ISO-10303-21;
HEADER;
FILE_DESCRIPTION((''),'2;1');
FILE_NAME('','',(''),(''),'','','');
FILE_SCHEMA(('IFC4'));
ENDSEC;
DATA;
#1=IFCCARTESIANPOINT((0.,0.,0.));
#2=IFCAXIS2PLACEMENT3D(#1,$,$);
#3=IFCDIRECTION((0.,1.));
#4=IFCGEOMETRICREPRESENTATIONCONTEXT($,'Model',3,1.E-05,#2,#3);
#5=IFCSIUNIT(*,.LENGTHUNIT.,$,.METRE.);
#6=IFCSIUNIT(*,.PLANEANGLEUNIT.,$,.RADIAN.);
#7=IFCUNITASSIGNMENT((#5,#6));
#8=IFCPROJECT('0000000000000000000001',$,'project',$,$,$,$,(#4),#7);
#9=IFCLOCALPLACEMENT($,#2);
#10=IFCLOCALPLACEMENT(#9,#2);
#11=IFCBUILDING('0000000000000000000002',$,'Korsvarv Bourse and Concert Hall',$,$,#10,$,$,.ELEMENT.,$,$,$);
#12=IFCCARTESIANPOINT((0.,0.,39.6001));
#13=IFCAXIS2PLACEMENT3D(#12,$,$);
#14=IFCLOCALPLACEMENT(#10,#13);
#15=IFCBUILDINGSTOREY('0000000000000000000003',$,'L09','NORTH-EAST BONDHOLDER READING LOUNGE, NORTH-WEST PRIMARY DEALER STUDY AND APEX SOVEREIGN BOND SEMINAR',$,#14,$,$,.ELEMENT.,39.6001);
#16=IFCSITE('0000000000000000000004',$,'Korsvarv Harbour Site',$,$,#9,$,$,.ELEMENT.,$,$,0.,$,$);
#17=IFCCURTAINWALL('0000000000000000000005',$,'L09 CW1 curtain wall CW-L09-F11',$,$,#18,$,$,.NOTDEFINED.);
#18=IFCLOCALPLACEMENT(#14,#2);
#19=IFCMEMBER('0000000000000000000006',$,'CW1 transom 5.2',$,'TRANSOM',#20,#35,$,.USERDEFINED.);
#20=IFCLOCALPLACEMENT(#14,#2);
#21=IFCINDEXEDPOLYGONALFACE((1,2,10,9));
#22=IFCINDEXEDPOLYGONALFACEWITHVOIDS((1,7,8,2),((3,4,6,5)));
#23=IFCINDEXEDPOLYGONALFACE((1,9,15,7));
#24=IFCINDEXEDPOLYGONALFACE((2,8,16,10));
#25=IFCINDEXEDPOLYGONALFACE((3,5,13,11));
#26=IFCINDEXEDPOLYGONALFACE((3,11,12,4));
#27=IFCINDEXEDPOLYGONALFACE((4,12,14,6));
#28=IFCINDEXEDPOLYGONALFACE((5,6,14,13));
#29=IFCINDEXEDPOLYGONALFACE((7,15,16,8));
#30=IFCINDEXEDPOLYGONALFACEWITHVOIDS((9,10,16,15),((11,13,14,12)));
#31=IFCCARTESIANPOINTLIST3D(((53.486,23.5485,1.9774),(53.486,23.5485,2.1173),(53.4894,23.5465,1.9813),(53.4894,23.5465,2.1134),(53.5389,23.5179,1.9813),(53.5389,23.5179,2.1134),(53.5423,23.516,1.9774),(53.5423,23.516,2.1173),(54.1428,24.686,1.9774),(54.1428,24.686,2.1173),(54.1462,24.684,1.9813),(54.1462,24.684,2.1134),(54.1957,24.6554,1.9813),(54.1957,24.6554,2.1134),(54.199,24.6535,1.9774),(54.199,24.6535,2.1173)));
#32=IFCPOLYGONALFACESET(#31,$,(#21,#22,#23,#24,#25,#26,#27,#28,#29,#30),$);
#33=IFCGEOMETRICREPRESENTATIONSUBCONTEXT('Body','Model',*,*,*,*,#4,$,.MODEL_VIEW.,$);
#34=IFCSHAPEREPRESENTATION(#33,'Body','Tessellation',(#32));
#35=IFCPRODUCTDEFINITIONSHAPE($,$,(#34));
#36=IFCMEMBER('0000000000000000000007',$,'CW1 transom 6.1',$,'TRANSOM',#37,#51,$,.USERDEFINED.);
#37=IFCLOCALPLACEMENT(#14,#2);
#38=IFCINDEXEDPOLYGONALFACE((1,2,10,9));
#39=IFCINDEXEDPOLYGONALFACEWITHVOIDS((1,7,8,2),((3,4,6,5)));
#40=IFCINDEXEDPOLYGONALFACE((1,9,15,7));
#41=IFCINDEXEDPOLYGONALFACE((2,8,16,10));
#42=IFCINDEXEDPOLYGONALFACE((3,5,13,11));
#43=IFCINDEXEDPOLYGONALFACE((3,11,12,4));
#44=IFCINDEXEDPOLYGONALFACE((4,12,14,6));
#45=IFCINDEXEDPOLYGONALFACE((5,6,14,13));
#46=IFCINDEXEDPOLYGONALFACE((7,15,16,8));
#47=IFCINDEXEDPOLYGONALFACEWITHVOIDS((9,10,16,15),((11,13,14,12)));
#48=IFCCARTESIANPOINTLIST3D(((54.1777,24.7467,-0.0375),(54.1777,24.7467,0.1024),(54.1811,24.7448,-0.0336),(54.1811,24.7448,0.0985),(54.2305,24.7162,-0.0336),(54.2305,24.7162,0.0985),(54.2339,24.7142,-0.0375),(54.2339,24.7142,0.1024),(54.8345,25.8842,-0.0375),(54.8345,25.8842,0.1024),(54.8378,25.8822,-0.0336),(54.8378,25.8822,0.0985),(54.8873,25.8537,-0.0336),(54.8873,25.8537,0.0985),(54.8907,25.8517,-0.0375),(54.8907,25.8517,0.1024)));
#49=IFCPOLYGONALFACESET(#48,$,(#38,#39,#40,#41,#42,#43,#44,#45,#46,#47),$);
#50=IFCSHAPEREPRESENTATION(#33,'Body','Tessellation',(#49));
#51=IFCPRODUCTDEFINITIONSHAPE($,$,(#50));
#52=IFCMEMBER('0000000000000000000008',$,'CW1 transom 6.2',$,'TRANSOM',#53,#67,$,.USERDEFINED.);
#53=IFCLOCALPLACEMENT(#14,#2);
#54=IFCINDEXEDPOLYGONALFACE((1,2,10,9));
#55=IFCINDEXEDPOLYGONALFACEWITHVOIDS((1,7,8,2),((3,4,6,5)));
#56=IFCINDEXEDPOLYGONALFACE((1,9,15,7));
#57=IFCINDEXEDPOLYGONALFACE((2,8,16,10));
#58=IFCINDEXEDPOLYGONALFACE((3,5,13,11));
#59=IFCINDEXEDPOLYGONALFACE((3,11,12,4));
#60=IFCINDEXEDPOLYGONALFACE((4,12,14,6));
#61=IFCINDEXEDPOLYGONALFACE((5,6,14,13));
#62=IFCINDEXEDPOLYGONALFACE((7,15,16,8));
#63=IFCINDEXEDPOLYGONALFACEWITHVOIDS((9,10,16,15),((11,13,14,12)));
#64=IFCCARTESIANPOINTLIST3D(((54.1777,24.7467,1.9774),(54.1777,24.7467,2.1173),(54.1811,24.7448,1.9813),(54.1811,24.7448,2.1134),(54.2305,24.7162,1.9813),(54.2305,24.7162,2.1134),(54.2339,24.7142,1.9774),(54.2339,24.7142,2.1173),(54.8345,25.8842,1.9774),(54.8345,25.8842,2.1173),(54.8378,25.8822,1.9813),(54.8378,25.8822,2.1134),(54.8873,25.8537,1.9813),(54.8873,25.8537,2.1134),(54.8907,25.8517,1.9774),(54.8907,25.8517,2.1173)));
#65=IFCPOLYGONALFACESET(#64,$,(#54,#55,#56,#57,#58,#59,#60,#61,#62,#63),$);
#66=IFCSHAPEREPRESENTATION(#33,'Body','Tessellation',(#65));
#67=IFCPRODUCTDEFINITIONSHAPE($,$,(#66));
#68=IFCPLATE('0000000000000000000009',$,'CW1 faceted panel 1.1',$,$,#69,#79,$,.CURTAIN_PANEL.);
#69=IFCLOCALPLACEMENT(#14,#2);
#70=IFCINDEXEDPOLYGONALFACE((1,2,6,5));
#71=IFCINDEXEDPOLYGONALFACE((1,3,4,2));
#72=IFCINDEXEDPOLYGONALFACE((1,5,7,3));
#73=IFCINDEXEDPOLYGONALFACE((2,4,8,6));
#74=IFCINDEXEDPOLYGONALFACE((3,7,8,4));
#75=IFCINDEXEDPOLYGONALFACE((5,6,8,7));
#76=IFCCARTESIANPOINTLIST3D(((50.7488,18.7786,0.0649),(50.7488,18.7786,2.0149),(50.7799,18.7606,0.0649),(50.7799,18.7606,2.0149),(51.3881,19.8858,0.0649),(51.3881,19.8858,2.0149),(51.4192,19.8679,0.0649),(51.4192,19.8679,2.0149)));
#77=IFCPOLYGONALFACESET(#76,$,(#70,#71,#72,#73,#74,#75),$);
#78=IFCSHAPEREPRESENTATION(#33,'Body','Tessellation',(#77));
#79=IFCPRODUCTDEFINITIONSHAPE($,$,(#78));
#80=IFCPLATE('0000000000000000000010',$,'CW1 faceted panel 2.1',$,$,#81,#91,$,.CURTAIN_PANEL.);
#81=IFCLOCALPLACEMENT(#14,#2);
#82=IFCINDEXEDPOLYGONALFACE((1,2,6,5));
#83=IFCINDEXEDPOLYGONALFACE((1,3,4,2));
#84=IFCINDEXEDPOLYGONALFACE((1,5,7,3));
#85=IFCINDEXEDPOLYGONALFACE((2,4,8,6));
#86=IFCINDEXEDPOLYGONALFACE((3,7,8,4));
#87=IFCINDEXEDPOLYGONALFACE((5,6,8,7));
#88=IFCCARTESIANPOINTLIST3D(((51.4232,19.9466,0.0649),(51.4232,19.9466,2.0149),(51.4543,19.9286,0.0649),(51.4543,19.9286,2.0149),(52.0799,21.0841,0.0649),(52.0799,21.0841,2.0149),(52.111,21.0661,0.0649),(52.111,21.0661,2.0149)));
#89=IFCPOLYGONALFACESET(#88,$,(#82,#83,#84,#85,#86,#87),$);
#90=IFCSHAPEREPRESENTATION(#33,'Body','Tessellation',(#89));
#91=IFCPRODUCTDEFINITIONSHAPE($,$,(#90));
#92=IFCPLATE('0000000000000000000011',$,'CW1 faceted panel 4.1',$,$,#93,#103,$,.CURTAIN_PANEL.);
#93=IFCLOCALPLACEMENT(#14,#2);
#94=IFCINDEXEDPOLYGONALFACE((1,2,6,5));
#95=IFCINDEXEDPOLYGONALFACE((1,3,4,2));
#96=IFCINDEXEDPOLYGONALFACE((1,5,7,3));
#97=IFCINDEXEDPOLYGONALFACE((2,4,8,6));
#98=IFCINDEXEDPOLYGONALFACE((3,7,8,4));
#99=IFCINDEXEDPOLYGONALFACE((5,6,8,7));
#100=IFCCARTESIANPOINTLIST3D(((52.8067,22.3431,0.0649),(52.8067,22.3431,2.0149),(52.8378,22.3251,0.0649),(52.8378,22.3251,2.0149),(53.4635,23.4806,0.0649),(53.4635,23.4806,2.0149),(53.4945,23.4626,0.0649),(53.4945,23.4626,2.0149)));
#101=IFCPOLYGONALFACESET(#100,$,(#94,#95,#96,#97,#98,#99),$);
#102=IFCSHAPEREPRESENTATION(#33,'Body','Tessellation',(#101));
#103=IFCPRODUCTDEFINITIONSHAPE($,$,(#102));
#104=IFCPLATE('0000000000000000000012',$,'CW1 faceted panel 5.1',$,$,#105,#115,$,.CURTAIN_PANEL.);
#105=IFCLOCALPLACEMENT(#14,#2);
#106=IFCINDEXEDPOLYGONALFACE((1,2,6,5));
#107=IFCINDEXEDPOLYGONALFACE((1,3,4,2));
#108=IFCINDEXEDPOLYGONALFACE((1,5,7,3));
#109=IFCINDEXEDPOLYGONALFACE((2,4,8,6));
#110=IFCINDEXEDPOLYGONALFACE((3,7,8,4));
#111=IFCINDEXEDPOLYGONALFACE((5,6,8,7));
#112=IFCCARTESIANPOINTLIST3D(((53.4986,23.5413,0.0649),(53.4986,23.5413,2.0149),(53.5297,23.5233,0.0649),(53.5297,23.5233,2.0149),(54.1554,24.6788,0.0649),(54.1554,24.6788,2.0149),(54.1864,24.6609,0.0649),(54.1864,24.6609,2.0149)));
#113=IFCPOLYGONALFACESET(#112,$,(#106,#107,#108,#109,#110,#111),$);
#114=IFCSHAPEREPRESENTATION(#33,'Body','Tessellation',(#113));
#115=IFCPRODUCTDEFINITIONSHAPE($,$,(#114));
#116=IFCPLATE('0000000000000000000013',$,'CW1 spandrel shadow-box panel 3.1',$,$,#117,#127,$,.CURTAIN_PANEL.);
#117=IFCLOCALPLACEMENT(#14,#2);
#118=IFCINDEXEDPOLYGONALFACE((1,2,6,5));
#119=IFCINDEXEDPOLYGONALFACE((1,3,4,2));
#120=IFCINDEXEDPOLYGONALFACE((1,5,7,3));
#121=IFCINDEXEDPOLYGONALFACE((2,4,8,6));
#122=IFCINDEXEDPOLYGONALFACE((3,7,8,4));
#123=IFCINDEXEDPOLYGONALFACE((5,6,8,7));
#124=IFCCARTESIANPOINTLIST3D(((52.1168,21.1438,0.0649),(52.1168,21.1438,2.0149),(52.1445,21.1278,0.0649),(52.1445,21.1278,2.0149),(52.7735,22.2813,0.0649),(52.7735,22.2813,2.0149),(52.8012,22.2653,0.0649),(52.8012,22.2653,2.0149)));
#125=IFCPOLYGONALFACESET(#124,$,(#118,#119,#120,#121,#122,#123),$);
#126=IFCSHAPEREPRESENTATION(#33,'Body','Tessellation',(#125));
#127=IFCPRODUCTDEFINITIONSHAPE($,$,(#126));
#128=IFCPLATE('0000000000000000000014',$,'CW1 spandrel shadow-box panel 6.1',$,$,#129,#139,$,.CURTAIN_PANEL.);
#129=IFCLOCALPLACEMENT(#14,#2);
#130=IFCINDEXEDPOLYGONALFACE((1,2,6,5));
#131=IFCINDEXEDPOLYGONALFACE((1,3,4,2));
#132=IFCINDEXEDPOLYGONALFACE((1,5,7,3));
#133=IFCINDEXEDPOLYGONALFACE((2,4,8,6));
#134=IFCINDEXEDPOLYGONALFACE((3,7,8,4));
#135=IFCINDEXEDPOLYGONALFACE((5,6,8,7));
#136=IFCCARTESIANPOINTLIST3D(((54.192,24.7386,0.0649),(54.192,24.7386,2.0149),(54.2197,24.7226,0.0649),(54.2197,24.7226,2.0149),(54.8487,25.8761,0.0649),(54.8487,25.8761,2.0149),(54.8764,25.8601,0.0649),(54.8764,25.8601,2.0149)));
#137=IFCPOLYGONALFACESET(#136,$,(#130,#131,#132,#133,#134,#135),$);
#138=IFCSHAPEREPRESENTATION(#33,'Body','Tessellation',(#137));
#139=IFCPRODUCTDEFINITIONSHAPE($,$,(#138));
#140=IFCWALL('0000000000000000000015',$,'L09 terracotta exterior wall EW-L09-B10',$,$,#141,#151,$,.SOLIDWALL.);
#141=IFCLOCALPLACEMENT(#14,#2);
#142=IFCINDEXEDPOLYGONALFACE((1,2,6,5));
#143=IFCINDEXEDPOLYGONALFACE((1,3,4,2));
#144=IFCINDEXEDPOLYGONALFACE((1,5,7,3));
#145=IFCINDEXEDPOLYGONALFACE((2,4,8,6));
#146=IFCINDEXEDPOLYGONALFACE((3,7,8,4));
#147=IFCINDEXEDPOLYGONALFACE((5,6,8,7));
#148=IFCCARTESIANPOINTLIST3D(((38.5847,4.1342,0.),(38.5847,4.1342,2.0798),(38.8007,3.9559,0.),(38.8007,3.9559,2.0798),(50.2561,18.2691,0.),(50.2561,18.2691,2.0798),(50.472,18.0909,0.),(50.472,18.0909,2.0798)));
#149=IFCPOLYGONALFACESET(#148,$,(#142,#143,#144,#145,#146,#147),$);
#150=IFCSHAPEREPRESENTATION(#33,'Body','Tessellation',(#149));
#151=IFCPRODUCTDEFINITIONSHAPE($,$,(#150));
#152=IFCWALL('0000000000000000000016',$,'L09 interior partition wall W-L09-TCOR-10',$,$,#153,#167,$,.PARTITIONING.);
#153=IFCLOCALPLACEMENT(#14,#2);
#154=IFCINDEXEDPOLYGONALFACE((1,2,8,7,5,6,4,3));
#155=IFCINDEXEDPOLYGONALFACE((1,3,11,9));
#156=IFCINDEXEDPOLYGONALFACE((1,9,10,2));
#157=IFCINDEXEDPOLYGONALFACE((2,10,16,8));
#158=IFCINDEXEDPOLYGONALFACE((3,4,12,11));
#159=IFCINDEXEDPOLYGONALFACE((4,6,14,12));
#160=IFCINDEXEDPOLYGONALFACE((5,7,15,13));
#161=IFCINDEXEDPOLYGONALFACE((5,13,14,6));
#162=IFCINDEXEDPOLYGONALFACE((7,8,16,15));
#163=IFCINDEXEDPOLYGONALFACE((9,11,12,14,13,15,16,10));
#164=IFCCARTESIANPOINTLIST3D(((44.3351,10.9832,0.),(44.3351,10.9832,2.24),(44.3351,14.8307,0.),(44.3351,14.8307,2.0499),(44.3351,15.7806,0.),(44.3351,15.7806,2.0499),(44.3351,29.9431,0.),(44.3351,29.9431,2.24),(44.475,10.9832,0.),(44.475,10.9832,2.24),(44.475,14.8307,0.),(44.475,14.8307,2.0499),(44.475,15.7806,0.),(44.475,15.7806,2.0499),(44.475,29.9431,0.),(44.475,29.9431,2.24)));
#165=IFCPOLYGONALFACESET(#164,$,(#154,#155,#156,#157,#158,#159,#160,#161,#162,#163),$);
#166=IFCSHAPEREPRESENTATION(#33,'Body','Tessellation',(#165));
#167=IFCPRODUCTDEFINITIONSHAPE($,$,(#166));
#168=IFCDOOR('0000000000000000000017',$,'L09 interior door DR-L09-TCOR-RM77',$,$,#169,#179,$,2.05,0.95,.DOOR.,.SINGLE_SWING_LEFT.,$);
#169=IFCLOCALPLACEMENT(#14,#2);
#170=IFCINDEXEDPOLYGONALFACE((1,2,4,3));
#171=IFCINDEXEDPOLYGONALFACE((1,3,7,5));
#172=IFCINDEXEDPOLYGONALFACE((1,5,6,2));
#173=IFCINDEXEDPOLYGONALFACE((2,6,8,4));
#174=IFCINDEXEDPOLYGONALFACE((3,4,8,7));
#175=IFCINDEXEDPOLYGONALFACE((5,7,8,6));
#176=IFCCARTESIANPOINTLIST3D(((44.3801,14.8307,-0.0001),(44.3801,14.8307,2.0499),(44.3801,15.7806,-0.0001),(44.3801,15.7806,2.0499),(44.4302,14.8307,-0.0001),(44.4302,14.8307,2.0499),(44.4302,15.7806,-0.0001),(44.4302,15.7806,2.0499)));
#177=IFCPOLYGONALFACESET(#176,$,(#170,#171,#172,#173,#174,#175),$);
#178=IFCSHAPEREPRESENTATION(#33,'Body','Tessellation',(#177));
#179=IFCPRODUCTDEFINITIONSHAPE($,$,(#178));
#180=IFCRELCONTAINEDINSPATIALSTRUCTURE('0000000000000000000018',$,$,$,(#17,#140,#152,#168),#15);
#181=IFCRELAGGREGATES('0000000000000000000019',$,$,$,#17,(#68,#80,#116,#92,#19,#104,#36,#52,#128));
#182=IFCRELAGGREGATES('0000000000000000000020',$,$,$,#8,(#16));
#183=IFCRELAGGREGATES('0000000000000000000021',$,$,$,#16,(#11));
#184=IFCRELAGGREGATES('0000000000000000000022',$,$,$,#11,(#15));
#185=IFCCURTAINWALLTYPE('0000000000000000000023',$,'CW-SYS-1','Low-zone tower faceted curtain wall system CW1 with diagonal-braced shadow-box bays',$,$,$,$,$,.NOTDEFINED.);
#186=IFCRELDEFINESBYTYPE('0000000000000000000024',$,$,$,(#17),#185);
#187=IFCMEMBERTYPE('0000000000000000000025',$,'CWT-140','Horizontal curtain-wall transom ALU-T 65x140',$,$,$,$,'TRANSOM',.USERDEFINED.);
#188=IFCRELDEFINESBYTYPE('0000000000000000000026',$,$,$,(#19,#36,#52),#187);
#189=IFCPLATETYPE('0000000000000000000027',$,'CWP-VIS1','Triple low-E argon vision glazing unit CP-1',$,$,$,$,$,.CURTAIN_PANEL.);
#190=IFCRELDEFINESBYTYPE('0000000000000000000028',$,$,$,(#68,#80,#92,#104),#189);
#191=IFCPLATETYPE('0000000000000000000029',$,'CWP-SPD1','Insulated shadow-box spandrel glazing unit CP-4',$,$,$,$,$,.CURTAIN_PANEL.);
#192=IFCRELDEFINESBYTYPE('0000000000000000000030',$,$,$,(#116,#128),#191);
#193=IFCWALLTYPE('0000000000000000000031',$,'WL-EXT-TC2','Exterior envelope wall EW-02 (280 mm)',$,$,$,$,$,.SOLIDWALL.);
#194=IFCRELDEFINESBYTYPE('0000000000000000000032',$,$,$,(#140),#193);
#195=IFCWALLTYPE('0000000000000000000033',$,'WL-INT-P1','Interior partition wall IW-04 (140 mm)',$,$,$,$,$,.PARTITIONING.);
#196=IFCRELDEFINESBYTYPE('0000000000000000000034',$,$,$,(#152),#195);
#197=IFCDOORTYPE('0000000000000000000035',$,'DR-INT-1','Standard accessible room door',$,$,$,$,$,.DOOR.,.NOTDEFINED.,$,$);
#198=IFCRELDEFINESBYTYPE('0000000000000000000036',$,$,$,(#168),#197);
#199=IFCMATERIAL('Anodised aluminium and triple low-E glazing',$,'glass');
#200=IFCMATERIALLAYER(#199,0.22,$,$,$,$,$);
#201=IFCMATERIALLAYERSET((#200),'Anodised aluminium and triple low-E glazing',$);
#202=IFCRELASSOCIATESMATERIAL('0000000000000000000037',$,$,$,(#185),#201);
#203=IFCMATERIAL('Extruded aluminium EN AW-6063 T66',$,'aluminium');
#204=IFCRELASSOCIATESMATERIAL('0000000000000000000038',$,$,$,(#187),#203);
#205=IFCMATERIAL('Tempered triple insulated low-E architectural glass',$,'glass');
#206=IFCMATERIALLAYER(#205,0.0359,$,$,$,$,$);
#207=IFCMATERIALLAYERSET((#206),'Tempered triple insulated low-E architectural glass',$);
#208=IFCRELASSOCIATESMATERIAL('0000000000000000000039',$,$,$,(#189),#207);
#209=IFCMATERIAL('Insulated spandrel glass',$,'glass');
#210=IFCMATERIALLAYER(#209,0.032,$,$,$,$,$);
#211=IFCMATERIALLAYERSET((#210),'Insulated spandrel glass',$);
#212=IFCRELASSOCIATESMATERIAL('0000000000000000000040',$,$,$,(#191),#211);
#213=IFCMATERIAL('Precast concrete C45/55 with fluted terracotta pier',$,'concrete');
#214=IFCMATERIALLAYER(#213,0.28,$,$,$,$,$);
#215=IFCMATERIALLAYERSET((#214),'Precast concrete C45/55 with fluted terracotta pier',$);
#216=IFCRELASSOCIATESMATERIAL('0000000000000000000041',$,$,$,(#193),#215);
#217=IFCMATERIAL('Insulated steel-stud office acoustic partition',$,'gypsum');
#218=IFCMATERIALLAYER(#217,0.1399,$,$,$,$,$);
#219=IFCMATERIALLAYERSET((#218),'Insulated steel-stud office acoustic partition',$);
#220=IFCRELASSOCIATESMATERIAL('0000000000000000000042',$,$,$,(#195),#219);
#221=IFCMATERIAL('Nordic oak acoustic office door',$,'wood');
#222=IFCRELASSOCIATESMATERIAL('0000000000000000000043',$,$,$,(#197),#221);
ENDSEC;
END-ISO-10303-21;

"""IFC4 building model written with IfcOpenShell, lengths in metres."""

from ifc_helpers import new_model, si_unit, direction, frame, frame_2d, origin, origin_2d, place, context, subcontext, project, spatial, rectangle, hollow_rectangle, extrude, source, transform, mapped, material, layer, layer_set, material_profile, profile_set, type_object, element, fill, aggregate, save


model = new_model("IFC4")

# Units and contexts
model_context = context("Model", 3, precision=1e-05, world=origin(), true_north=direction((0.0, 1.0)))
body_context = subcontext(model_context, "Body", "Model", "MODEL_VIEW")
ifc_project = project(units=[si_unit("LENGTHUNIT", "METRE"), si_unit("PLANEANGLEUNIT", "RADIAN")], contexts=[model_context])

# Site, building, storey
site_placement = place(None, origin())
site = spatial("IfcSite", under=ifc_project, at=site_placement, Name="Korsvarv Harbour Site", CompositionType="ELEMENT", RefElevation=0.0)
building_placement = place(site_placement, origin())
building = spatial("IfcBuilding", under=site, at=building_placement, Name="Korsvarv Bourse and Concert Hall", CompositionType="ELEMENT")
storey_placement = place(building_placement, frame((0.0, 0.0, 39.6001)))
storey = spatial("IfcBuildingStorey", under=building, at=storey_placement, Name="L09", Description="NORTH-EAST BONDHOLDER READING LOUNGE, NORTH-WEST PRIMARY DEALER STUDY AND APEX SOVEREIGN BOND SEMINAR", CompositionType="ELEMENT", Elevation=39.6001)

# Curtain wall, members, plates
ifc_material_1 = material(Name="Anodised aluminium and triple low-E glazing", Category="glass")
ifc_layer_1 = layer(ifc_material_1, 0.22)
ifc_layer_set_1 = layer_set([ifc_layer_1], Name="Anodised aluminium and triple low-E glazing")
curtain_wall_type = type_object("IfcCurtainWallType", Name="CW-SYS-1", Description="Low-zone tower faceted curtain wall system CW1 with diagonal-braced shadow-box bays", PredefinedType="NOTDEFINED", material=ifc_layer_set_1)
curtain_wall_placement = place(storey_placement, origin())
curtain_wall = element("IfcCurtainWall", 1, at=curtain_wall_placement, inside=storey, type_object=curtain_wall_type, Name="L09 CW1 curtain wall CW-L09-F11", PredefinedType="NOTDEFINED")
ifc_material_2 = material(Name="Extruded aluminium EN AW-6063 T66", Category="aluminium")
ifc_material_profile_1 = material_profile(ifc_material_2, hollow_rectangle(XDim=0.0649, YDim=0.1399, WallThickness=0.0039, at=origin_2d()), Name="ALU-T 65x140")
ifc_profile_set_1 = profile_set([ifc_material_profile_1], Name="Extruded aluminium EN AW-6063 T66")
member_type_1 = type_object("IfcMemberType", Name="CWT-140", Description="Horizontal curtain-wall transom ALU-T 65x140", ElementType="TRANSOM", PredefinedType="USERDEFINED", material=ifc_profile_set_1)
shared_shape_1 = source(origin(), body_context, "Body", "SweptSolid", [
    extrude(hollow_rectangle(XDim=0.0649, YDim=0.1399, WallThickness=0.0039, at=origin_2d()), origin(), (0.0, 0.0, 1.0), 1.3135),
])
member_1_placement = place(storey_placement, frame((53.5142, 23.5322, 2.0474), z_axis=(0.500017, 0.866015, 0.0), x_axis=(-0.866015, 0.500017, 0.0)))
member_1 = element("IfcMember", 2, at=member_1_placement, type_object=member_type_1, Name="CW1 transom 5.2", ObjectType="TRANSOM", PredefinedType="USERDEFINED", context=body_context, shape_type="MappedRepresentation", body=[
    mapped(shared_shape_1, transform((0.0, 0.0, 0.0), scale=1.0)),
])
member_2_placement = place(storey_placement, frame((54.2058, 24.7305, 0.0325), z_axis=(0.500017, 0.866015, 0.0), x_axis=(-0.866015, 0.500017, 0.0)))
member_2 = element("IfcMember", 3, at=member_2_placement, type_object=member_type_1, Name="CW1 transom 6.1", ObjectType="TRANSOM", PredefinedType="USERDEFINED", context=body_context, shape_type="MappedRepresentation", body=[
    mapped(shared_shape_1, transform((0.0, 0.0, 0.0), scale=1.0)),
])
member_3_placement = place(storey_placement, frame((54.2058, 24.7305, 2.0474), z_axis=(0.500017, 0.866015, 0.0), x_axis=(-0.866015, 0.500017, 0.0)))
member_3 = element("IfcMember", 4, at=member_3_placement, type_object=member_type_1, Name="CW1 transom 6.2", ObjectType="TRANSOM", PredefinedType="USERDEFINED", context=body_context, shape_type="MappedRepresentation", body=[
    mapped(shared_shape_1, transform((0.0, 0.0, 0.0), scale=1.0)),
])
ifc_material_3 = material(Name="Tempered triple insulated low-E architectural glass", Category="glass")
ifc_layer_2 = layer(ifc_material_3, 0.0359)
ifc_layer_set_2 = layer_set([ifc_layer_2], Name="Tempered triple insulated low-E architectural glass")
plate_type_1 = type_object("IfcPlateType", Name="CWP-VIS1", Description="Triple low-E argon vision glazing unit CP-1", PredefinedType="CURTAIN_PANEL", material=ifc_layer_set_2)
shared_shape_2 = source(origin(), body_context, "Body", "SweptSolid", [
    extrude(rectangle(XDim=1.2786, YDim=0.0359, at=origin_2d()), origin(), (0.0, 0.0, 1.0), 1.95),
])
plate_1_placement = place(storey_placement, frame((51.084, 19.3232, 0.0649), z_axis=(0.0, 0.0, 1.0), x_axis=(0.5, 0.866026, 0.0)))
plate_1 = element("IfcPlate", 5, at=plate_1_placement, type_object=plate_type_1, Name="CW1 faceted panel 1.1", PredefinedType="CURTAIN_PANEL", context=body_context, shape_type="MappedRepresentation", body=[
    mapped(shared_shape_2, transform((0.0, 0.0, 0.0), scale=1.0)),
])
shared_shape_3 = source(origin(), body_context, "Body", "SweptSolid", [
    extrude(rectangle(XDim=1.3135, YDim=0.0359, at=origin_2d()), origin(), (0.0, 0.0, 1.0), 1.95),
])
plate_2_placement = place(storey_placement, frame((51.7671, 20.5063, 0.0649), z_axis=(0.0, 0.0, 1.0), x_axis=(0.5, 0.866026, 0.0)))
plate_2 = element("IfcPlate", 6, at=plate_2_placement, type_object=plate_type_1, Name="CW1 faceted panel 2.1", PredefinedType="CURTAIN_PANEL", context=body_context, shape_type="MappedRepresentation", body=[
    mapped(shared_shape_3, transform((0.0, 0.0, 0.0), scale=1.0)),
])
plate_3_placement = place(storey_placement, frame((53.1506, 22.9028, 0.0649), z_axis=(0.0, 0.0, 1.0), x_axis=(0.5, 0.866026, 0.0)))
plate_3 = element("IfcPlate", 7, at=plate_3_placement, type_object=plate_type_1, Name="CW1 faceted panel 4.1", PredefinedType="CURTAIN_PANEL", context=body_context, shape_type="MappedRepresentation", body=[
    mapped(shared_shape_3, transform((0.0, 0.0, 0.0), scale=1.0)),
])
plate_4_placement = place(storey_placement, frame((53.8425, 24.1011, 0.0649), z_axis=(0.0, 0.0, 1.0), x_axis=(0.5, 0.866026, 0.0)))
plate_4 = element("IfcPlate", 8, at=plate_4_placement, type_object=plate_type_1, Name="CW1 faceted panel 5.1", PredefinedType="CURTAIN_PANEL", context=body_context, shape_type="MappedRepresentation", body=[
    mapped(shared_shape_3, transform((0.0, 0.0, 0.0), scale=1.0)),
])
ifc_material_4 = material(Name="Insulated spandrel glass", Category="glass")
ifc_layer_3 = layer(ifc_material_4, 0.032)
ifc_layer_set_3 = layer_set([ifc_layer_3], Name="Insulated spandrel glass")
plate_type_2 = type_object("IfcPlateType", Name="CWP-SPD1", Description="Insulated shadow-box spandrel glazing unit CP-4", PredefinedType="CURTAIN_PANEL", material=ifc_layer_set_3)
shared_shape_4 = source(origin(), body_context, "Body", "SweptSolid", [
    extrude(rectangle(XDim=1.3135, YDim=0.032, at=origin_2d()), origin(), (0.0, 0.0, 1.0), 1.95),
])
plate_5_placement = place(storey_placement, frame((52.459, 21.7046, 0.0649), z_axis=(0.0, 0.0, 1.0), x_axis=(0.5, 0.866026, 0.0)))
plate_5 = element("IfcPlate", 9, at=plate_5_placement, type_object=plate_type_2, Name="CW1 spandrel shadow-box panel 3.1", PredefinedType="CURTAIN_PANEL", context=body_context, shape_type="MappedRepresentation", body=[
    mapped(shared_shape_4, transform((0.0, 0.0, 0.0), scale=1.0)),
])
plate_6_placement = place(storey_placement, frame((54.5342, 25.2993, 0.0649), z_axis=(0.0, 0.0, 1.0), x_axis=(0.5, 0.866026, 0.0)))
plate_6 = element("IfcPlate", 10, at=plate_6_placement, type_object=plate_type_2, Name="CW1 spandrel shadow-box panel 6.1", PredefinedType="CURTAIN_PANEL", context=body_context, shape_type="MappedRepresentation", body=[
    mapped(shared_shape_4, transform((0.0, 0.0, 0.0), scale=1.0)),
])
aggregate(curtain_wall, [plate_1, plate_2, plate_5, plate_3, member_1, plate_4, member_2, member_3, plate_6])

# Wall
ifc_material_5 = material(Name="Precast concrete C45/55 with fluted terracotta pier", Category="concrete")
ifc_layer_4 = layer(ifc_material_5, 0.28)
ifc_layer_set_4 = layer_set([ifc_layer_4], Name="Precast concrete C45/55 with fluted terracotta pier")
wall_type_1 = type_object("IfcWallType", Name="WL-EXT-TC2", Description="Exterior envelope wall EW-02 (280 mm)", PredefinedType="SOLIDWALL", material=ifc_layer_set_4)
wall_1_placement = place(storey_placement, frame((38.6926, 4.0449, 0.0), z_axis=(0.0, 0.0, 1.0), x_axis=(0.636708, 0.771105, 0.0)))
element("IfcWall", 11, at=wall_1_placement, inside=storey, type_object=wall_type_1, Name="L09 terracotta exterior wall EW-L09-B10", PredefinedType="SOLIDWALL", context=body_context, shape_type="SweptSolid", body=[
    extrude(rectangle(XDim=18.3308, YDim=0.28, at=frame_2d((9.1655, 0.0))), origin(), (0.0, 0.0, 1.0), 2.0798),
])

# Wall, opening, door
ifc_material_6 = material(Name="Insulated steel-stud office acoustic partition", Category="gypsum")
ifc_layer_5 = layer(ifc_material_6, 0.1399)
ifc_layer_set_5 = layer_set([ifc_layer_5], Name="Insulated steel-stud office acoustic partition")
wall_type_2 = type_object("IfcWallType", Name="WL-INT-P1", Description="Interior partition wall IW-04 (140 mm)", PredefinedType="PARTITIONING", material=ifc_layer_set_5)
wall_2_placement = place(storey_placement, frame((44.405, 10.9832, 0.0), z_axis=(0.0, 0.0, 1.0), x_axis=(0.0, 1.0, 0.0)))
wall_2 = element("IfcWall", 12, at=wall_2_placement, inside=storey, type_object=wall_type_2, Name="L09 interior partition wall W-L09-TCOR-10", PredefinedType="PARTITIONING", context=body_context, shape_type="SweptSolid", body=[
    extrude(rectangle(XDim=18.96, YDim=0.1399, at=frame_2d((9.48, 0.0))), origin(), (0.0, 0.0, 1.0), 2.24),
])
opening_placement = place(wall_2_placement, frame((3.8474, 0.0, 0.0)))
opening = element("IfcOpeningElement", 13, at=opening_placement, cuts=wall_2, PredefinedType="OPENING", context=body_context, shape_type="SweptSolid", body=[
    extrude(rectangle(XDim=0.95, YDim=2.05, at=frame_2d((0.4751, 1.0249))), frame((0.0, 0.0801, 0.0), z_axis=(0.0, -1.0, 0.0), x_axis=(1.0, 0.0, 0.0)), (0.0, 0.0, 1.0), 0.1599),
])
ifc_material_7 = material(Name="Nordic oak acoustic office door", Category="wood")
door_type = type_object("IfcDoorType", Name="DR-INT-1", Description="Standard accessible room door", OperationType="NOTDEFINED", PredefinedType="DOOR", material=ifc_material_7)
door_placement = place(opening_placement, origin())
door = element("IfcDoor", 14, at=door_placement, inside=storey, type_object=door_type, Name="L09 interior door DR-L09-TCOR-RM77", OperationType="SINGLE_SWING_LEFT", OverallHeight=2.05, OverallWidth=0.95, PredefinedType="DOOR", context=body_context, shape_type="SweptSolid", body=[
    extrude(rectangle(XDim=0.95, YDim=2.05, at=frame_2d((0.4751, 1.0249))), frame((0.0, 0.0249, 0.0), z_axis=(0.0, -1.0, 0.0), x_axis=(1.0, 0.0, 0.0)), (0.0, 0.0, 1.0), 0.05),
])
fill(opening, door)

save(model, "model.ifc")
